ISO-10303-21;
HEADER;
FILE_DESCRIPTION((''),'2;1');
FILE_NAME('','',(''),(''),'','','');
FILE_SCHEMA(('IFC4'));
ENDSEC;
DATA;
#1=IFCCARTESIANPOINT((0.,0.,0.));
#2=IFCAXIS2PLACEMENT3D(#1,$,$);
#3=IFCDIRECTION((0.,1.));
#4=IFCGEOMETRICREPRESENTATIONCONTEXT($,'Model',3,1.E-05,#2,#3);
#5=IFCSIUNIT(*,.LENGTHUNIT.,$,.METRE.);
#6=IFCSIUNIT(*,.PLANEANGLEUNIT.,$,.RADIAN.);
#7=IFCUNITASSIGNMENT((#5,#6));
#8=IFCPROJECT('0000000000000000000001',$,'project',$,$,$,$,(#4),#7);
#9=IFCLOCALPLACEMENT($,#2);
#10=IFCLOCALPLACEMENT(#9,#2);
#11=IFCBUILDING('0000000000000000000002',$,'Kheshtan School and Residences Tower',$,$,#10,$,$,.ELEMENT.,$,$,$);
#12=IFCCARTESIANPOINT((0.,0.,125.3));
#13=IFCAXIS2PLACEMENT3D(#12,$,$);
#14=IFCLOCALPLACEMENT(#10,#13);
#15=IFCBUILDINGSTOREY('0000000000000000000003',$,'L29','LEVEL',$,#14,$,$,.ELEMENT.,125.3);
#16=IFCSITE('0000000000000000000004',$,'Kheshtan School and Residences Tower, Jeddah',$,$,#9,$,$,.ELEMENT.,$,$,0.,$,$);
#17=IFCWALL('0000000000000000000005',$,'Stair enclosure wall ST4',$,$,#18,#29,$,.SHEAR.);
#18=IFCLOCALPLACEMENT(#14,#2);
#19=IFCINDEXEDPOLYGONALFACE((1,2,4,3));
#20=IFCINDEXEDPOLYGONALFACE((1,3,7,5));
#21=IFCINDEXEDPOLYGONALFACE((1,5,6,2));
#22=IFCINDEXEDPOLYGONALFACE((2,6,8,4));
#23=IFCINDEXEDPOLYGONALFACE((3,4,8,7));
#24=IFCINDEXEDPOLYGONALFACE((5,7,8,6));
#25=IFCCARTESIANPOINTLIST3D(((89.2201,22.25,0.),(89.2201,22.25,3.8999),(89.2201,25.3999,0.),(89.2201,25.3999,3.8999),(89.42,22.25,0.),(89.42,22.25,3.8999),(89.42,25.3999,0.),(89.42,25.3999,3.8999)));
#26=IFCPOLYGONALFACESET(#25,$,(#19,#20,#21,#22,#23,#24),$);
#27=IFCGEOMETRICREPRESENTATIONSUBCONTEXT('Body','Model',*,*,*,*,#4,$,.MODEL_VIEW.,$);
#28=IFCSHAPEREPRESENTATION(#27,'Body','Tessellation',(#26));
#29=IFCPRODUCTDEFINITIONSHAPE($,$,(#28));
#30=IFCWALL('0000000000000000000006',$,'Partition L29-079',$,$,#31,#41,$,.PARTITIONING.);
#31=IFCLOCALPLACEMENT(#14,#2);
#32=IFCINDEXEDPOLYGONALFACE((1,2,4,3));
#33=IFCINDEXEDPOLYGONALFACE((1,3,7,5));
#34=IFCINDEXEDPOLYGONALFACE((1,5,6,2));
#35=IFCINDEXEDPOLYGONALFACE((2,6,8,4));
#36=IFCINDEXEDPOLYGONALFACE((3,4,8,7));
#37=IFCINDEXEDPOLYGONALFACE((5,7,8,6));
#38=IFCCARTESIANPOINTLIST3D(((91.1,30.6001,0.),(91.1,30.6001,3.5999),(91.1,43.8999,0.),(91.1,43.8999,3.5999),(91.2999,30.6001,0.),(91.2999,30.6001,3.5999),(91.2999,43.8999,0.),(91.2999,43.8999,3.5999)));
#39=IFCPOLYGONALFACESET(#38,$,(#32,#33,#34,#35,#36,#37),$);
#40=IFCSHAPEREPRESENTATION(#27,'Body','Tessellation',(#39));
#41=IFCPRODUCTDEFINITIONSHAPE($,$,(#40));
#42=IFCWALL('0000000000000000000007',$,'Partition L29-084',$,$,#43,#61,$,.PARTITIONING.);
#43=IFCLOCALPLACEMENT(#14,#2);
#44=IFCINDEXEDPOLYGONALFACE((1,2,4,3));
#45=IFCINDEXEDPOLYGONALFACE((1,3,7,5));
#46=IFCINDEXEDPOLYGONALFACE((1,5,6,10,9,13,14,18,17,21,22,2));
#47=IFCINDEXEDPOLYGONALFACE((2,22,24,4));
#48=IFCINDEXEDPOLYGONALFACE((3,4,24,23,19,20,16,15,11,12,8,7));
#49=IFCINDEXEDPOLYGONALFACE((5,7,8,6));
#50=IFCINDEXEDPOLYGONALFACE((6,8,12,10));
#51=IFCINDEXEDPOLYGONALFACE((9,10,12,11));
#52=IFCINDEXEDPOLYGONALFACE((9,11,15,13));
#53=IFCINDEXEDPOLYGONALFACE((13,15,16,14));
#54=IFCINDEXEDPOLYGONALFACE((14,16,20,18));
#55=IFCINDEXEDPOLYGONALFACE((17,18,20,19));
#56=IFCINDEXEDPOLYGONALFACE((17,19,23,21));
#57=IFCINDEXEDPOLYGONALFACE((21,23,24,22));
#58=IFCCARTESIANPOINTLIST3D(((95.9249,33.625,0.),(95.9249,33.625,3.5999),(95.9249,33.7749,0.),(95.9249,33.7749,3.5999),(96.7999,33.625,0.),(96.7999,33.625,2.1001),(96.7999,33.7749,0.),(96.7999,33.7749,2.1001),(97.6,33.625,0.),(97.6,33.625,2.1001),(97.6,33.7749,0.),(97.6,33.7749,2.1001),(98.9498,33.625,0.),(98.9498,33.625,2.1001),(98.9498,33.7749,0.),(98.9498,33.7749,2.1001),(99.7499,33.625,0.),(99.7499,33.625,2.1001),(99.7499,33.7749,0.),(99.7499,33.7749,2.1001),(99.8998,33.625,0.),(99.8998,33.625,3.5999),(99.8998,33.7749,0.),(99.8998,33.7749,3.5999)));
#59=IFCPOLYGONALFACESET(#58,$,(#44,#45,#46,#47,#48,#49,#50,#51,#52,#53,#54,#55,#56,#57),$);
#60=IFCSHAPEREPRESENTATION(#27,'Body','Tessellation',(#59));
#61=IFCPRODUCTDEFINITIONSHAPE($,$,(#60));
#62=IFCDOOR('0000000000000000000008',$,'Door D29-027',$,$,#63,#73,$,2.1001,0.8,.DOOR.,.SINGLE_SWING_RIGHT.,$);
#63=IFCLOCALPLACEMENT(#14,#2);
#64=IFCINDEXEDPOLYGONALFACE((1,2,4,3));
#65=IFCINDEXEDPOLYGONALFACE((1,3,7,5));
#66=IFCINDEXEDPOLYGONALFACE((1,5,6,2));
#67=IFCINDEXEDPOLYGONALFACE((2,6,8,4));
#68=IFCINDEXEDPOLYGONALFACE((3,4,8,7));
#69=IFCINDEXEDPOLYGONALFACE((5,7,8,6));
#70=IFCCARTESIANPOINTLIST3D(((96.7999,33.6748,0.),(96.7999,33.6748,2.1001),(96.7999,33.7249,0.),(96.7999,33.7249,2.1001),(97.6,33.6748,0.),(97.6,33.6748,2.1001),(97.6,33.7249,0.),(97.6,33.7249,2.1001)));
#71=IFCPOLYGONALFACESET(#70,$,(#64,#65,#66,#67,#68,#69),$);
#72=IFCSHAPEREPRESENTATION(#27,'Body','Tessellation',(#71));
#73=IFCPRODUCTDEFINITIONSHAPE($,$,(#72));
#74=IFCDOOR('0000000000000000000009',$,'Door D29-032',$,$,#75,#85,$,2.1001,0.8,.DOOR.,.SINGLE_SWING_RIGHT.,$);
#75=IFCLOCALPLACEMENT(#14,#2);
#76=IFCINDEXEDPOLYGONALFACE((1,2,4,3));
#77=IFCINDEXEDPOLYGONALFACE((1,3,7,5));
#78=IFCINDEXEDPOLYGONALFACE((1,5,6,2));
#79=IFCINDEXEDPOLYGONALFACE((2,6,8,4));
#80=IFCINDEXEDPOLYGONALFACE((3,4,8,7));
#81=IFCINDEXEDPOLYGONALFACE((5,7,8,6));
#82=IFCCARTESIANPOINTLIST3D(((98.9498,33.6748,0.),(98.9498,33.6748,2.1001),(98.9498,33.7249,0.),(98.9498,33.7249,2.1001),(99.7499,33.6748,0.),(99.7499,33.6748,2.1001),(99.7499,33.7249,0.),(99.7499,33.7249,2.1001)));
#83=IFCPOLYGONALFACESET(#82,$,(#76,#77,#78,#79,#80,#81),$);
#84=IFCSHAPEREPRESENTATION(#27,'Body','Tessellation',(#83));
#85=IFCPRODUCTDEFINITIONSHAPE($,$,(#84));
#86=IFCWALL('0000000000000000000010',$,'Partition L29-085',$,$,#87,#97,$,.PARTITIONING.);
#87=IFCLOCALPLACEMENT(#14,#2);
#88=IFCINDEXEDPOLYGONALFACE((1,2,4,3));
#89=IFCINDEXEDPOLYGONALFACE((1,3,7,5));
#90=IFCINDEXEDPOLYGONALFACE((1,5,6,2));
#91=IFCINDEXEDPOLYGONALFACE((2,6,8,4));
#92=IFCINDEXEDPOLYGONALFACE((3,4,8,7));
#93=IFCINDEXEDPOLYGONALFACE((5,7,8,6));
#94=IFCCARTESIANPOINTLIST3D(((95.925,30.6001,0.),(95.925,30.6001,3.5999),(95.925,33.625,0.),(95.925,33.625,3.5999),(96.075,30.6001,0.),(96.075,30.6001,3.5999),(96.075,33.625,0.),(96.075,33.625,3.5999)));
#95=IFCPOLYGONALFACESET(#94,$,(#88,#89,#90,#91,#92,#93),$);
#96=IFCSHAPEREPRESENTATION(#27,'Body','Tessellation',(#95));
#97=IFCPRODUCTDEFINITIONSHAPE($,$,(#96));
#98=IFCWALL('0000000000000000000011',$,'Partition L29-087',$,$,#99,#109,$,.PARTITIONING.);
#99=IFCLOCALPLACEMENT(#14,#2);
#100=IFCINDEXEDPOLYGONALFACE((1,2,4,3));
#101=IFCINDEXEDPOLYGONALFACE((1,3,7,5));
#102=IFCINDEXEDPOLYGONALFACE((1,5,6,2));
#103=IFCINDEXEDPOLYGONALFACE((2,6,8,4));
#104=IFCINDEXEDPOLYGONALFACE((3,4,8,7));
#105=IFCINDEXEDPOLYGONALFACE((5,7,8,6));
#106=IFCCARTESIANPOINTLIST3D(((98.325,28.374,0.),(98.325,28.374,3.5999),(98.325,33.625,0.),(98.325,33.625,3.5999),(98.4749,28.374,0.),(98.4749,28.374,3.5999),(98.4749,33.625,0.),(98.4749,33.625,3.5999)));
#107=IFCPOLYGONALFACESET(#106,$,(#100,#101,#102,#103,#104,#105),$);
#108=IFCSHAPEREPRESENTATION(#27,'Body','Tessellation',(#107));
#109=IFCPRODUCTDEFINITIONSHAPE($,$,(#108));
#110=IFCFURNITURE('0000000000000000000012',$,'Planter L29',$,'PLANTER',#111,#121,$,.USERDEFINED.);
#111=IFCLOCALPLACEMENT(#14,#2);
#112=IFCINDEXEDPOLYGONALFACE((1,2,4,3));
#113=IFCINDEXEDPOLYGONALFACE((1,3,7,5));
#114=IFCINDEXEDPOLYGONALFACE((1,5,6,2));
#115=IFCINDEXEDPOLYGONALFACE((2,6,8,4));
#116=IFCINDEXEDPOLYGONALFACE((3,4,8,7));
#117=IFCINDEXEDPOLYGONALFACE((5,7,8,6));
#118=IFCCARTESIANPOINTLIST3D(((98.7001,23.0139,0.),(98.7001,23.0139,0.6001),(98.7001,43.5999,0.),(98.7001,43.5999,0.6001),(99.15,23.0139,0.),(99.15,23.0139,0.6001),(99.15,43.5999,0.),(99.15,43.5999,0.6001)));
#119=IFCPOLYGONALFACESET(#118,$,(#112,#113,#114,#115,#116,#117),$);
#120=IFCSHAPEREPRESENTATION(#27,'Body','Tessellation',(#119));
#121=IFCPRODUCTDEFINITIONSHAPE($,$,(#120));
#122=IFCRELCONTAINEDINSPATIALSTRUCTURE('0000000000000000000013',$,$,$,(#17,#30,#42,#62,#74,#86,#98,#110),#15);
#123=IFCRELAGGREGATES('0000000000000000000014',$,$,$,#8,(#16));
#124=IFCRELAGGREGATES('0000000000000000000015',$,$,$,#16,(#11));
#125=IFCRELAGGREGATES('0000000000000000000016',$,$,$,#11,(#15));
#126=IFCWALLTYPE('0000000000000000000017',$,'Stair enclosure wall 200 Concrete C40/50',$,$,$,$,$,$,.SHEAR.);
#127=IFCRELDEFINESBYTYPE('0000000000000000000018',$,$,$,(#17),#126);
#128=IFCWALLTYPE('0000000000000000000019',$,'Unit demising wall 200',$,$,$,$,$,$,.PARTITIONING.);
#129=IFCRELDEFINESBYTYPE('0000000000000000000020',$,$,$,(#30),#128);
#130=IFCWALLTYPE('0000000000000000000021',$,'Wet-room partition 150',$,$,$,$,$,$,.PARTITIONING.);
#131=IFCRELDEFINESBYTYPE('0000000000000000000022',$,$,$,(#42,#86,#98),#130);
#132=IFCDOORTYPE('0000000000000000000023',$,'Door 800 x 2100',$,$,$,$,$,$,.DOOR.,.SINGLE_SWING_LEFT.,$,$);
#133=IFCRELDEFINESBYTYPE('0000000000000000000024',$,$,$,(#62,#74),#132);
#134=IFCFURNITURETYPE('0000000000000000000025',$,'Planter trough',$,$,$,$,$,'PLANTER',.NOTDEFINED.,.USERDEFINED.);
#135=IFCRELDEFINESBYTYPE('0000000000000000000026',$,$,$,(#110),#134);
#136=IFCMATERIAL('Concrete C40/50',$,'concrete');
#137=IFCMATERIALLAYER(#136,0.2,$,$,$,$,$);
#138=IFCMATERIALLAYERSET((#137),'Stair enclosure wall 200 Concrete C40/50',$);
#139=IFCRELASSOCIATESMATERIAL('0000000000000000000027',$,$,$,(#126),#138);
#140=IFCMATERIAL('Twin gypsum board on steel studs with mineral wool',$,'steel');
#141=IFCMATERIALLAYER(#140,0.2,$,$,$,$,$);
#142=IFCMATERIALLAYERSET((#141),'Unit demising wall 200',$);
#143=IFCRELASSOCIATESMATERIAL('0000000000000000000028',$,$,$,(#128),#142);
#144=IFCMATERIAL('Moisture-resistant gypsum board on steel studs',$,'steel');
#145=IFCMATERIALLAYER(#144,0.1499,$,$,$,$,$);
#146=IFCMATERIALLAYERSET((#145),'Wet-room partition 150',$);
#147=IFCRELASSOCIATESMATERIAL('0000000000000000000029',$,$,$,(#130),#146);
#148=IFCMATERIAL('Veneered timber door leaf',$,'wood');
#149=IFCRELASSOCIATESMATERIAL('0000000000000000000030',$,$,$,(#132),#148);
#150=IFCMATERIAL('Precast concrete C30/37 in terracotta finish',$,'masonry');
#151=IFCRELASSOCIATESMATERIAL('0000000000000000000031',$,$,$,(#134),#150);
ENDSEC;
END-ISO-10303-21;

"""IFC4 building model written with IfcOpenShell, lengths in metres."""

from ifc_helpers import new_model, si_unit, direction, frame, frame_2d, origin, origin_2d, place, context, subcontext, project, spatial, rectangle, extrude, source, transform, mapped, material, layer, layer_set, type_object, element, fill, save


model = new_model("IFC4")

# Units and contexts
model_context = context("Model", 3, precision=1e-05, world=origin(), true_north=direction((0.0, 1.0)))
body_context = subcontext(model_context, "Body", "Model", "MODEL_VIEW")
ifc_project = project(units=[si_unit("LENGTHUNIT", "METRE"), si_unit("PLANEANGLEUNIT", "RADIAN")], contexts=[model_context])

# Site, building, storey
site_placement = place(None, origin())
site = spatial("IfcSite", under=ifc_project, at=site_placement, Name="Kheshtan School and Residences Tower, Jeddah", CompositionType="ELEMENT", RefElevation=0.0)
building_placement = place(site_placement, origin())
building = spatial("IfcBuilding", under=site, at=building_placement, Name="Kheshtan School and Residences Tower", CompositionType="ELEMENT")
storey_placement = place(building_placement, frame((0.0, 0.0, 125.3)))
storey = spatial("IfcBuildingStorey", under=building, at=storey_placement, Name="L29", Description="LEVEL", CompositionType="ELEMENT", Elevation=125.3)

# Shared definitions
ifc_material_1 = material(Name="Veneered timber door leaf", Category="wood")

# Walls
ifc_material_2 = material(Name="Concrete C40/50", Category="concrete")
ifc_layer_1 = layer(ifc_material_2, 0.2)
ifc_layer_set_1 = layer_set([ifc_layer_1], Name="Stair enclosure wall 200 Concrete C40/50")
wall_type_1 = type_object("IfcWallType", Name="Stair enclosure wall 200 Concrete C40/50", PredefinedType="SHEAR", material=ifc_layer_set_1)
wall_1_placement = place(storey_placement, frame((89.3201, 22.25, 0.0), z_axis=(0.0, 0.0, 1.0), x_axis=(0.0, 1.0, 0.0)))
element("IfcWall", 1, at=wall_1_placement, inside=storey, type_object=wall_type_1, Name="Stair enclosure wall ST4", PredefinedType="SHEAR", context=body_context, shape_type="SweptSolid", body=[
    extrude(rectangle(XDim=3.1499, YDim=0.2, at=frame_2d((1.575, 0.0))), origin(), (0.0, 0.0, 1.0), 3.8999),
])
ifc_material_3 = material(Name="Twin gypsum board on steel studs with mineral wool", Category="steel")
ifc_layer_2 = layer(ifc_material_3, 0.2)
ifc_layer_set_2 = layer_set([ifc_layer_2], Name="Unit demising wall 200")
wall_type_2 = type_object("IfcWallType", Name="Unit demising wall 200", PredefinedType="PARTITIONING", material=ifc_layer_set_2)
wall_2_placement = place(storey_placement, frame((91.2, 30.6001, 0.0), z_axis=(0.0, 0.0, 1.0), x_axis=(0.0, 1.0, 0.0)))
element("IfcWall", 2, at=wall_2_placement, inside=storey, type_object=wall_type_2, Name="Partition L29-079", PredefinedType="PARTITIONING", context=body_context, shape_type="SweptSolid", body=[
    extrude(rectangle(XDim=13.2998, YDim=0.2, at=frame_2d((6.6499, 0.0))), origin(), (0.0, 0.0, 1.0), 3.5999),
])

# Wall, openings, doors
ifc_material_4 = material(Name="Moisture-resistant gypsum board on steel studs", Category="steel")
ifc_layer_3 = layer(ifc_material_4, 0.1499)
ifc_layer_set_3 = layer_set([ifc_layer_3], Name="Wet-room partition 150")
wall_type_3 = type_object("IfcWallType", Name="Wet-room partition 150", PredefinedType="PARTITIONING", material=ifc_layer_set_3)
wall_3_placement = place(storey_placement, frame((95.925, 33.7, 0.0), z_axis=(0.0, 0.0, 1.0), x_axis=(1.0, 0.0, 0.0)))
wall_3 = element("IfcWall", 3, at=wall_3_placement, inside=storey, type_object=wall_type_3, Name="Partition L29-084", PredefinedType="PARTITIONING", context=body_context, shape_type="SweptSolid", body=[
    extrude(rectangle(XDim=3.9749, YDim=0.1499, at=frame_2d((1.9873, 0.0))), origin(), (0.0, 0.0, 1.0), 3.5999),
])
opening_1_placement = place(wall_3_placement, frame((0.875, 0.0, 0.0)))
opening_1 = element("IfcOpeningElement", 4, at=opening_1_placement, cuts=wall_3, PredefinedType="OPENING", context=body_context, shape_type="SweptSolid", body=[
    extrude(rectangle(XDim=0.8, YDim=2.1001, at=frame_2d((0.3999, 1.05))), frame((0.0, 0.085, 0.0), z_axis=(0.0, -1.0, 0.0), x_axis=(1.0, 0.0, 0.0)), (0.0, 0.0, 1.0), 0.1699),
])
opening_2_placement = place(wall_3_placement, frame((3.0249, 0.0, 0.0)))
opening_2 = element("IfcOpeningElement", 5, at=opening_2_placement, cuts=wall_3, PredefinedType="OPENING", context=body_context, shape_type="SweptSolid", body=[
    extrude(rectangle(XDim=0.8, YDim=2.1001, at=frame_2d((0.3999, 1.05))), frame((0.0, 0.085, 0.0), z_axis=(0.0, -1.0, 0.0), x_axis=(1.0, 0.0, 0.0)), (0.0, 0.0, 1.0), 0.1699),
])
door_type_1 = type_object("IfcDoorType", Name="Door 800 x 2100", OperationType="SINGLE_SWING_LEFT", PredefinedType="DOOR", material=ifc_material_1)
shared_shape_1 = source(origin(), body_context, "Body", "SweptSolid", [
    extrude(rectangle(XDim=0.8, YDim=2.1001, at=frame_2d((0.3999, 1.05))), frame((0.0, 0.0249, 0.0), z_axis=(0.0, -1.0, 0.0), x_axis=(1.0, 0.0, 0.0)), (0.0, 0.0, 1.0), 0.05),
])
door_1_placement = place(opening_1_placement, origin())
door_1 = element("IfcDoor", 6, at=door_1_placement, inside=storey, type_object=door_type_1, Name="Door D29-027", OperationType="SINGLE_SWING_RIGHT", OverallHeight=2.1001, OverallWidth=0.8, PredefinedType="DOOR", context=body_context, shape_type="MappedRepresentation", body=[
    mapped(shared_shape_1, transform((0.0, 0.0, 0.0), x_axis=(1.0, 0.0, 0.0), y_axis=(0.0, 1.0, 0.0), z_axis=(0.0, 0.0, 1.0), scale=1.0)),
])
fill(opening_1, door_1)
door_2_placement = place(opening_2_placement, origin())
door_2 = element("IfcDoor", 7, at=door_2_placement, inside=storey, type_object=door_type_1, Name="Door D29-032", OperationType="SINGLE_SWING_RIGHT", OverallHeight=2.1001, OverallWidth=0.8, PredefinedType="DOOR", context=body_context, shape_type="MappedRepresentation", body=[
    mapped(shared_shape_1, transform((0.0, 0.0, 0.0), x_axis=(1.0, 0.0, 0.0), y_axis=(0.0, 1.0, 0.0), z_axis=(0.0, 0.0, 1.0), scale=1.0)),
])
fill(opening_2, door_2)

# Walls
wall_4_placement = place(storey_placement, frame((96.0, 30.6001, 0.0), z_axis=(0.0, 0.0, 1.0), x_axis=(0.0, 1.0, 0.0)))
element("IfcWall", 8, at=wall_4_placement, inside=storey, type_object=wall_type_3, Name="Partition L29-085", PredefinedType="PARTITIONING", context=body_context, shape_type="SweptSolid", body=[
    extrude(rectangle(XDim=3.0249, YDim=0.1499, at=frame_2d((1.5125, 0.0))), origin(), (0.0, 0.0, 1.0), 3.5999),
])
wall_5_placement = place(storey_placement, frame((98.3999, 28.374, 0.0), z_axis=(0.0, 0.0, 1.0), x_axis=(0.0, 1.0, 0.0)))
element("IfcWall", 9, at=wall_5_placement, inside=storey, type_object=wall_type_3, Name="Partition L29-087", PredefinedType="PARTITIONING", context=body_context, shape_type="SweptSolid", body=[
    extrude(rectangle(XDim=5.251, YDim=0.1499, at=frame_2d((2.6255, 0.0))), origin(), (0.0, 0.0, 1.0), 3.5999),
])

# Furniture
ifc_material_5 = material(Name="Precast concrete C30/37 in terracotta finish", Category="masonry")
furniture_type = type_object("IfcFurnitureType", Name="Planter trough", ElementType="PLANTER", AssemblyPlace="NOTDEFINED", PredefinedType="USERDEFINED", material=ifc_material_5)
furniture_placement = place(storey_placement, frame((98.925, 33.3069, 0.0), z_axis=(0.0, 0.0, 1.0), x_axis=(0.0, -1.0, 0.0)))
element("IfcFurniture", 10, at=furniture_placement, inside=storey, type_object=furniture_type, Name="Planter L29", ObjectType="PLANTER", PredefinedType="USERDEFINED", context=body_context, shape_type="SweptSolid", body=[
    extrude(rectangle(XDim=20.5859, YDim=0.45, at=origin_2d()), origin(), (0.0, 0.0, 1.0), 0.6001),
])

save(model, "model.ifc")
